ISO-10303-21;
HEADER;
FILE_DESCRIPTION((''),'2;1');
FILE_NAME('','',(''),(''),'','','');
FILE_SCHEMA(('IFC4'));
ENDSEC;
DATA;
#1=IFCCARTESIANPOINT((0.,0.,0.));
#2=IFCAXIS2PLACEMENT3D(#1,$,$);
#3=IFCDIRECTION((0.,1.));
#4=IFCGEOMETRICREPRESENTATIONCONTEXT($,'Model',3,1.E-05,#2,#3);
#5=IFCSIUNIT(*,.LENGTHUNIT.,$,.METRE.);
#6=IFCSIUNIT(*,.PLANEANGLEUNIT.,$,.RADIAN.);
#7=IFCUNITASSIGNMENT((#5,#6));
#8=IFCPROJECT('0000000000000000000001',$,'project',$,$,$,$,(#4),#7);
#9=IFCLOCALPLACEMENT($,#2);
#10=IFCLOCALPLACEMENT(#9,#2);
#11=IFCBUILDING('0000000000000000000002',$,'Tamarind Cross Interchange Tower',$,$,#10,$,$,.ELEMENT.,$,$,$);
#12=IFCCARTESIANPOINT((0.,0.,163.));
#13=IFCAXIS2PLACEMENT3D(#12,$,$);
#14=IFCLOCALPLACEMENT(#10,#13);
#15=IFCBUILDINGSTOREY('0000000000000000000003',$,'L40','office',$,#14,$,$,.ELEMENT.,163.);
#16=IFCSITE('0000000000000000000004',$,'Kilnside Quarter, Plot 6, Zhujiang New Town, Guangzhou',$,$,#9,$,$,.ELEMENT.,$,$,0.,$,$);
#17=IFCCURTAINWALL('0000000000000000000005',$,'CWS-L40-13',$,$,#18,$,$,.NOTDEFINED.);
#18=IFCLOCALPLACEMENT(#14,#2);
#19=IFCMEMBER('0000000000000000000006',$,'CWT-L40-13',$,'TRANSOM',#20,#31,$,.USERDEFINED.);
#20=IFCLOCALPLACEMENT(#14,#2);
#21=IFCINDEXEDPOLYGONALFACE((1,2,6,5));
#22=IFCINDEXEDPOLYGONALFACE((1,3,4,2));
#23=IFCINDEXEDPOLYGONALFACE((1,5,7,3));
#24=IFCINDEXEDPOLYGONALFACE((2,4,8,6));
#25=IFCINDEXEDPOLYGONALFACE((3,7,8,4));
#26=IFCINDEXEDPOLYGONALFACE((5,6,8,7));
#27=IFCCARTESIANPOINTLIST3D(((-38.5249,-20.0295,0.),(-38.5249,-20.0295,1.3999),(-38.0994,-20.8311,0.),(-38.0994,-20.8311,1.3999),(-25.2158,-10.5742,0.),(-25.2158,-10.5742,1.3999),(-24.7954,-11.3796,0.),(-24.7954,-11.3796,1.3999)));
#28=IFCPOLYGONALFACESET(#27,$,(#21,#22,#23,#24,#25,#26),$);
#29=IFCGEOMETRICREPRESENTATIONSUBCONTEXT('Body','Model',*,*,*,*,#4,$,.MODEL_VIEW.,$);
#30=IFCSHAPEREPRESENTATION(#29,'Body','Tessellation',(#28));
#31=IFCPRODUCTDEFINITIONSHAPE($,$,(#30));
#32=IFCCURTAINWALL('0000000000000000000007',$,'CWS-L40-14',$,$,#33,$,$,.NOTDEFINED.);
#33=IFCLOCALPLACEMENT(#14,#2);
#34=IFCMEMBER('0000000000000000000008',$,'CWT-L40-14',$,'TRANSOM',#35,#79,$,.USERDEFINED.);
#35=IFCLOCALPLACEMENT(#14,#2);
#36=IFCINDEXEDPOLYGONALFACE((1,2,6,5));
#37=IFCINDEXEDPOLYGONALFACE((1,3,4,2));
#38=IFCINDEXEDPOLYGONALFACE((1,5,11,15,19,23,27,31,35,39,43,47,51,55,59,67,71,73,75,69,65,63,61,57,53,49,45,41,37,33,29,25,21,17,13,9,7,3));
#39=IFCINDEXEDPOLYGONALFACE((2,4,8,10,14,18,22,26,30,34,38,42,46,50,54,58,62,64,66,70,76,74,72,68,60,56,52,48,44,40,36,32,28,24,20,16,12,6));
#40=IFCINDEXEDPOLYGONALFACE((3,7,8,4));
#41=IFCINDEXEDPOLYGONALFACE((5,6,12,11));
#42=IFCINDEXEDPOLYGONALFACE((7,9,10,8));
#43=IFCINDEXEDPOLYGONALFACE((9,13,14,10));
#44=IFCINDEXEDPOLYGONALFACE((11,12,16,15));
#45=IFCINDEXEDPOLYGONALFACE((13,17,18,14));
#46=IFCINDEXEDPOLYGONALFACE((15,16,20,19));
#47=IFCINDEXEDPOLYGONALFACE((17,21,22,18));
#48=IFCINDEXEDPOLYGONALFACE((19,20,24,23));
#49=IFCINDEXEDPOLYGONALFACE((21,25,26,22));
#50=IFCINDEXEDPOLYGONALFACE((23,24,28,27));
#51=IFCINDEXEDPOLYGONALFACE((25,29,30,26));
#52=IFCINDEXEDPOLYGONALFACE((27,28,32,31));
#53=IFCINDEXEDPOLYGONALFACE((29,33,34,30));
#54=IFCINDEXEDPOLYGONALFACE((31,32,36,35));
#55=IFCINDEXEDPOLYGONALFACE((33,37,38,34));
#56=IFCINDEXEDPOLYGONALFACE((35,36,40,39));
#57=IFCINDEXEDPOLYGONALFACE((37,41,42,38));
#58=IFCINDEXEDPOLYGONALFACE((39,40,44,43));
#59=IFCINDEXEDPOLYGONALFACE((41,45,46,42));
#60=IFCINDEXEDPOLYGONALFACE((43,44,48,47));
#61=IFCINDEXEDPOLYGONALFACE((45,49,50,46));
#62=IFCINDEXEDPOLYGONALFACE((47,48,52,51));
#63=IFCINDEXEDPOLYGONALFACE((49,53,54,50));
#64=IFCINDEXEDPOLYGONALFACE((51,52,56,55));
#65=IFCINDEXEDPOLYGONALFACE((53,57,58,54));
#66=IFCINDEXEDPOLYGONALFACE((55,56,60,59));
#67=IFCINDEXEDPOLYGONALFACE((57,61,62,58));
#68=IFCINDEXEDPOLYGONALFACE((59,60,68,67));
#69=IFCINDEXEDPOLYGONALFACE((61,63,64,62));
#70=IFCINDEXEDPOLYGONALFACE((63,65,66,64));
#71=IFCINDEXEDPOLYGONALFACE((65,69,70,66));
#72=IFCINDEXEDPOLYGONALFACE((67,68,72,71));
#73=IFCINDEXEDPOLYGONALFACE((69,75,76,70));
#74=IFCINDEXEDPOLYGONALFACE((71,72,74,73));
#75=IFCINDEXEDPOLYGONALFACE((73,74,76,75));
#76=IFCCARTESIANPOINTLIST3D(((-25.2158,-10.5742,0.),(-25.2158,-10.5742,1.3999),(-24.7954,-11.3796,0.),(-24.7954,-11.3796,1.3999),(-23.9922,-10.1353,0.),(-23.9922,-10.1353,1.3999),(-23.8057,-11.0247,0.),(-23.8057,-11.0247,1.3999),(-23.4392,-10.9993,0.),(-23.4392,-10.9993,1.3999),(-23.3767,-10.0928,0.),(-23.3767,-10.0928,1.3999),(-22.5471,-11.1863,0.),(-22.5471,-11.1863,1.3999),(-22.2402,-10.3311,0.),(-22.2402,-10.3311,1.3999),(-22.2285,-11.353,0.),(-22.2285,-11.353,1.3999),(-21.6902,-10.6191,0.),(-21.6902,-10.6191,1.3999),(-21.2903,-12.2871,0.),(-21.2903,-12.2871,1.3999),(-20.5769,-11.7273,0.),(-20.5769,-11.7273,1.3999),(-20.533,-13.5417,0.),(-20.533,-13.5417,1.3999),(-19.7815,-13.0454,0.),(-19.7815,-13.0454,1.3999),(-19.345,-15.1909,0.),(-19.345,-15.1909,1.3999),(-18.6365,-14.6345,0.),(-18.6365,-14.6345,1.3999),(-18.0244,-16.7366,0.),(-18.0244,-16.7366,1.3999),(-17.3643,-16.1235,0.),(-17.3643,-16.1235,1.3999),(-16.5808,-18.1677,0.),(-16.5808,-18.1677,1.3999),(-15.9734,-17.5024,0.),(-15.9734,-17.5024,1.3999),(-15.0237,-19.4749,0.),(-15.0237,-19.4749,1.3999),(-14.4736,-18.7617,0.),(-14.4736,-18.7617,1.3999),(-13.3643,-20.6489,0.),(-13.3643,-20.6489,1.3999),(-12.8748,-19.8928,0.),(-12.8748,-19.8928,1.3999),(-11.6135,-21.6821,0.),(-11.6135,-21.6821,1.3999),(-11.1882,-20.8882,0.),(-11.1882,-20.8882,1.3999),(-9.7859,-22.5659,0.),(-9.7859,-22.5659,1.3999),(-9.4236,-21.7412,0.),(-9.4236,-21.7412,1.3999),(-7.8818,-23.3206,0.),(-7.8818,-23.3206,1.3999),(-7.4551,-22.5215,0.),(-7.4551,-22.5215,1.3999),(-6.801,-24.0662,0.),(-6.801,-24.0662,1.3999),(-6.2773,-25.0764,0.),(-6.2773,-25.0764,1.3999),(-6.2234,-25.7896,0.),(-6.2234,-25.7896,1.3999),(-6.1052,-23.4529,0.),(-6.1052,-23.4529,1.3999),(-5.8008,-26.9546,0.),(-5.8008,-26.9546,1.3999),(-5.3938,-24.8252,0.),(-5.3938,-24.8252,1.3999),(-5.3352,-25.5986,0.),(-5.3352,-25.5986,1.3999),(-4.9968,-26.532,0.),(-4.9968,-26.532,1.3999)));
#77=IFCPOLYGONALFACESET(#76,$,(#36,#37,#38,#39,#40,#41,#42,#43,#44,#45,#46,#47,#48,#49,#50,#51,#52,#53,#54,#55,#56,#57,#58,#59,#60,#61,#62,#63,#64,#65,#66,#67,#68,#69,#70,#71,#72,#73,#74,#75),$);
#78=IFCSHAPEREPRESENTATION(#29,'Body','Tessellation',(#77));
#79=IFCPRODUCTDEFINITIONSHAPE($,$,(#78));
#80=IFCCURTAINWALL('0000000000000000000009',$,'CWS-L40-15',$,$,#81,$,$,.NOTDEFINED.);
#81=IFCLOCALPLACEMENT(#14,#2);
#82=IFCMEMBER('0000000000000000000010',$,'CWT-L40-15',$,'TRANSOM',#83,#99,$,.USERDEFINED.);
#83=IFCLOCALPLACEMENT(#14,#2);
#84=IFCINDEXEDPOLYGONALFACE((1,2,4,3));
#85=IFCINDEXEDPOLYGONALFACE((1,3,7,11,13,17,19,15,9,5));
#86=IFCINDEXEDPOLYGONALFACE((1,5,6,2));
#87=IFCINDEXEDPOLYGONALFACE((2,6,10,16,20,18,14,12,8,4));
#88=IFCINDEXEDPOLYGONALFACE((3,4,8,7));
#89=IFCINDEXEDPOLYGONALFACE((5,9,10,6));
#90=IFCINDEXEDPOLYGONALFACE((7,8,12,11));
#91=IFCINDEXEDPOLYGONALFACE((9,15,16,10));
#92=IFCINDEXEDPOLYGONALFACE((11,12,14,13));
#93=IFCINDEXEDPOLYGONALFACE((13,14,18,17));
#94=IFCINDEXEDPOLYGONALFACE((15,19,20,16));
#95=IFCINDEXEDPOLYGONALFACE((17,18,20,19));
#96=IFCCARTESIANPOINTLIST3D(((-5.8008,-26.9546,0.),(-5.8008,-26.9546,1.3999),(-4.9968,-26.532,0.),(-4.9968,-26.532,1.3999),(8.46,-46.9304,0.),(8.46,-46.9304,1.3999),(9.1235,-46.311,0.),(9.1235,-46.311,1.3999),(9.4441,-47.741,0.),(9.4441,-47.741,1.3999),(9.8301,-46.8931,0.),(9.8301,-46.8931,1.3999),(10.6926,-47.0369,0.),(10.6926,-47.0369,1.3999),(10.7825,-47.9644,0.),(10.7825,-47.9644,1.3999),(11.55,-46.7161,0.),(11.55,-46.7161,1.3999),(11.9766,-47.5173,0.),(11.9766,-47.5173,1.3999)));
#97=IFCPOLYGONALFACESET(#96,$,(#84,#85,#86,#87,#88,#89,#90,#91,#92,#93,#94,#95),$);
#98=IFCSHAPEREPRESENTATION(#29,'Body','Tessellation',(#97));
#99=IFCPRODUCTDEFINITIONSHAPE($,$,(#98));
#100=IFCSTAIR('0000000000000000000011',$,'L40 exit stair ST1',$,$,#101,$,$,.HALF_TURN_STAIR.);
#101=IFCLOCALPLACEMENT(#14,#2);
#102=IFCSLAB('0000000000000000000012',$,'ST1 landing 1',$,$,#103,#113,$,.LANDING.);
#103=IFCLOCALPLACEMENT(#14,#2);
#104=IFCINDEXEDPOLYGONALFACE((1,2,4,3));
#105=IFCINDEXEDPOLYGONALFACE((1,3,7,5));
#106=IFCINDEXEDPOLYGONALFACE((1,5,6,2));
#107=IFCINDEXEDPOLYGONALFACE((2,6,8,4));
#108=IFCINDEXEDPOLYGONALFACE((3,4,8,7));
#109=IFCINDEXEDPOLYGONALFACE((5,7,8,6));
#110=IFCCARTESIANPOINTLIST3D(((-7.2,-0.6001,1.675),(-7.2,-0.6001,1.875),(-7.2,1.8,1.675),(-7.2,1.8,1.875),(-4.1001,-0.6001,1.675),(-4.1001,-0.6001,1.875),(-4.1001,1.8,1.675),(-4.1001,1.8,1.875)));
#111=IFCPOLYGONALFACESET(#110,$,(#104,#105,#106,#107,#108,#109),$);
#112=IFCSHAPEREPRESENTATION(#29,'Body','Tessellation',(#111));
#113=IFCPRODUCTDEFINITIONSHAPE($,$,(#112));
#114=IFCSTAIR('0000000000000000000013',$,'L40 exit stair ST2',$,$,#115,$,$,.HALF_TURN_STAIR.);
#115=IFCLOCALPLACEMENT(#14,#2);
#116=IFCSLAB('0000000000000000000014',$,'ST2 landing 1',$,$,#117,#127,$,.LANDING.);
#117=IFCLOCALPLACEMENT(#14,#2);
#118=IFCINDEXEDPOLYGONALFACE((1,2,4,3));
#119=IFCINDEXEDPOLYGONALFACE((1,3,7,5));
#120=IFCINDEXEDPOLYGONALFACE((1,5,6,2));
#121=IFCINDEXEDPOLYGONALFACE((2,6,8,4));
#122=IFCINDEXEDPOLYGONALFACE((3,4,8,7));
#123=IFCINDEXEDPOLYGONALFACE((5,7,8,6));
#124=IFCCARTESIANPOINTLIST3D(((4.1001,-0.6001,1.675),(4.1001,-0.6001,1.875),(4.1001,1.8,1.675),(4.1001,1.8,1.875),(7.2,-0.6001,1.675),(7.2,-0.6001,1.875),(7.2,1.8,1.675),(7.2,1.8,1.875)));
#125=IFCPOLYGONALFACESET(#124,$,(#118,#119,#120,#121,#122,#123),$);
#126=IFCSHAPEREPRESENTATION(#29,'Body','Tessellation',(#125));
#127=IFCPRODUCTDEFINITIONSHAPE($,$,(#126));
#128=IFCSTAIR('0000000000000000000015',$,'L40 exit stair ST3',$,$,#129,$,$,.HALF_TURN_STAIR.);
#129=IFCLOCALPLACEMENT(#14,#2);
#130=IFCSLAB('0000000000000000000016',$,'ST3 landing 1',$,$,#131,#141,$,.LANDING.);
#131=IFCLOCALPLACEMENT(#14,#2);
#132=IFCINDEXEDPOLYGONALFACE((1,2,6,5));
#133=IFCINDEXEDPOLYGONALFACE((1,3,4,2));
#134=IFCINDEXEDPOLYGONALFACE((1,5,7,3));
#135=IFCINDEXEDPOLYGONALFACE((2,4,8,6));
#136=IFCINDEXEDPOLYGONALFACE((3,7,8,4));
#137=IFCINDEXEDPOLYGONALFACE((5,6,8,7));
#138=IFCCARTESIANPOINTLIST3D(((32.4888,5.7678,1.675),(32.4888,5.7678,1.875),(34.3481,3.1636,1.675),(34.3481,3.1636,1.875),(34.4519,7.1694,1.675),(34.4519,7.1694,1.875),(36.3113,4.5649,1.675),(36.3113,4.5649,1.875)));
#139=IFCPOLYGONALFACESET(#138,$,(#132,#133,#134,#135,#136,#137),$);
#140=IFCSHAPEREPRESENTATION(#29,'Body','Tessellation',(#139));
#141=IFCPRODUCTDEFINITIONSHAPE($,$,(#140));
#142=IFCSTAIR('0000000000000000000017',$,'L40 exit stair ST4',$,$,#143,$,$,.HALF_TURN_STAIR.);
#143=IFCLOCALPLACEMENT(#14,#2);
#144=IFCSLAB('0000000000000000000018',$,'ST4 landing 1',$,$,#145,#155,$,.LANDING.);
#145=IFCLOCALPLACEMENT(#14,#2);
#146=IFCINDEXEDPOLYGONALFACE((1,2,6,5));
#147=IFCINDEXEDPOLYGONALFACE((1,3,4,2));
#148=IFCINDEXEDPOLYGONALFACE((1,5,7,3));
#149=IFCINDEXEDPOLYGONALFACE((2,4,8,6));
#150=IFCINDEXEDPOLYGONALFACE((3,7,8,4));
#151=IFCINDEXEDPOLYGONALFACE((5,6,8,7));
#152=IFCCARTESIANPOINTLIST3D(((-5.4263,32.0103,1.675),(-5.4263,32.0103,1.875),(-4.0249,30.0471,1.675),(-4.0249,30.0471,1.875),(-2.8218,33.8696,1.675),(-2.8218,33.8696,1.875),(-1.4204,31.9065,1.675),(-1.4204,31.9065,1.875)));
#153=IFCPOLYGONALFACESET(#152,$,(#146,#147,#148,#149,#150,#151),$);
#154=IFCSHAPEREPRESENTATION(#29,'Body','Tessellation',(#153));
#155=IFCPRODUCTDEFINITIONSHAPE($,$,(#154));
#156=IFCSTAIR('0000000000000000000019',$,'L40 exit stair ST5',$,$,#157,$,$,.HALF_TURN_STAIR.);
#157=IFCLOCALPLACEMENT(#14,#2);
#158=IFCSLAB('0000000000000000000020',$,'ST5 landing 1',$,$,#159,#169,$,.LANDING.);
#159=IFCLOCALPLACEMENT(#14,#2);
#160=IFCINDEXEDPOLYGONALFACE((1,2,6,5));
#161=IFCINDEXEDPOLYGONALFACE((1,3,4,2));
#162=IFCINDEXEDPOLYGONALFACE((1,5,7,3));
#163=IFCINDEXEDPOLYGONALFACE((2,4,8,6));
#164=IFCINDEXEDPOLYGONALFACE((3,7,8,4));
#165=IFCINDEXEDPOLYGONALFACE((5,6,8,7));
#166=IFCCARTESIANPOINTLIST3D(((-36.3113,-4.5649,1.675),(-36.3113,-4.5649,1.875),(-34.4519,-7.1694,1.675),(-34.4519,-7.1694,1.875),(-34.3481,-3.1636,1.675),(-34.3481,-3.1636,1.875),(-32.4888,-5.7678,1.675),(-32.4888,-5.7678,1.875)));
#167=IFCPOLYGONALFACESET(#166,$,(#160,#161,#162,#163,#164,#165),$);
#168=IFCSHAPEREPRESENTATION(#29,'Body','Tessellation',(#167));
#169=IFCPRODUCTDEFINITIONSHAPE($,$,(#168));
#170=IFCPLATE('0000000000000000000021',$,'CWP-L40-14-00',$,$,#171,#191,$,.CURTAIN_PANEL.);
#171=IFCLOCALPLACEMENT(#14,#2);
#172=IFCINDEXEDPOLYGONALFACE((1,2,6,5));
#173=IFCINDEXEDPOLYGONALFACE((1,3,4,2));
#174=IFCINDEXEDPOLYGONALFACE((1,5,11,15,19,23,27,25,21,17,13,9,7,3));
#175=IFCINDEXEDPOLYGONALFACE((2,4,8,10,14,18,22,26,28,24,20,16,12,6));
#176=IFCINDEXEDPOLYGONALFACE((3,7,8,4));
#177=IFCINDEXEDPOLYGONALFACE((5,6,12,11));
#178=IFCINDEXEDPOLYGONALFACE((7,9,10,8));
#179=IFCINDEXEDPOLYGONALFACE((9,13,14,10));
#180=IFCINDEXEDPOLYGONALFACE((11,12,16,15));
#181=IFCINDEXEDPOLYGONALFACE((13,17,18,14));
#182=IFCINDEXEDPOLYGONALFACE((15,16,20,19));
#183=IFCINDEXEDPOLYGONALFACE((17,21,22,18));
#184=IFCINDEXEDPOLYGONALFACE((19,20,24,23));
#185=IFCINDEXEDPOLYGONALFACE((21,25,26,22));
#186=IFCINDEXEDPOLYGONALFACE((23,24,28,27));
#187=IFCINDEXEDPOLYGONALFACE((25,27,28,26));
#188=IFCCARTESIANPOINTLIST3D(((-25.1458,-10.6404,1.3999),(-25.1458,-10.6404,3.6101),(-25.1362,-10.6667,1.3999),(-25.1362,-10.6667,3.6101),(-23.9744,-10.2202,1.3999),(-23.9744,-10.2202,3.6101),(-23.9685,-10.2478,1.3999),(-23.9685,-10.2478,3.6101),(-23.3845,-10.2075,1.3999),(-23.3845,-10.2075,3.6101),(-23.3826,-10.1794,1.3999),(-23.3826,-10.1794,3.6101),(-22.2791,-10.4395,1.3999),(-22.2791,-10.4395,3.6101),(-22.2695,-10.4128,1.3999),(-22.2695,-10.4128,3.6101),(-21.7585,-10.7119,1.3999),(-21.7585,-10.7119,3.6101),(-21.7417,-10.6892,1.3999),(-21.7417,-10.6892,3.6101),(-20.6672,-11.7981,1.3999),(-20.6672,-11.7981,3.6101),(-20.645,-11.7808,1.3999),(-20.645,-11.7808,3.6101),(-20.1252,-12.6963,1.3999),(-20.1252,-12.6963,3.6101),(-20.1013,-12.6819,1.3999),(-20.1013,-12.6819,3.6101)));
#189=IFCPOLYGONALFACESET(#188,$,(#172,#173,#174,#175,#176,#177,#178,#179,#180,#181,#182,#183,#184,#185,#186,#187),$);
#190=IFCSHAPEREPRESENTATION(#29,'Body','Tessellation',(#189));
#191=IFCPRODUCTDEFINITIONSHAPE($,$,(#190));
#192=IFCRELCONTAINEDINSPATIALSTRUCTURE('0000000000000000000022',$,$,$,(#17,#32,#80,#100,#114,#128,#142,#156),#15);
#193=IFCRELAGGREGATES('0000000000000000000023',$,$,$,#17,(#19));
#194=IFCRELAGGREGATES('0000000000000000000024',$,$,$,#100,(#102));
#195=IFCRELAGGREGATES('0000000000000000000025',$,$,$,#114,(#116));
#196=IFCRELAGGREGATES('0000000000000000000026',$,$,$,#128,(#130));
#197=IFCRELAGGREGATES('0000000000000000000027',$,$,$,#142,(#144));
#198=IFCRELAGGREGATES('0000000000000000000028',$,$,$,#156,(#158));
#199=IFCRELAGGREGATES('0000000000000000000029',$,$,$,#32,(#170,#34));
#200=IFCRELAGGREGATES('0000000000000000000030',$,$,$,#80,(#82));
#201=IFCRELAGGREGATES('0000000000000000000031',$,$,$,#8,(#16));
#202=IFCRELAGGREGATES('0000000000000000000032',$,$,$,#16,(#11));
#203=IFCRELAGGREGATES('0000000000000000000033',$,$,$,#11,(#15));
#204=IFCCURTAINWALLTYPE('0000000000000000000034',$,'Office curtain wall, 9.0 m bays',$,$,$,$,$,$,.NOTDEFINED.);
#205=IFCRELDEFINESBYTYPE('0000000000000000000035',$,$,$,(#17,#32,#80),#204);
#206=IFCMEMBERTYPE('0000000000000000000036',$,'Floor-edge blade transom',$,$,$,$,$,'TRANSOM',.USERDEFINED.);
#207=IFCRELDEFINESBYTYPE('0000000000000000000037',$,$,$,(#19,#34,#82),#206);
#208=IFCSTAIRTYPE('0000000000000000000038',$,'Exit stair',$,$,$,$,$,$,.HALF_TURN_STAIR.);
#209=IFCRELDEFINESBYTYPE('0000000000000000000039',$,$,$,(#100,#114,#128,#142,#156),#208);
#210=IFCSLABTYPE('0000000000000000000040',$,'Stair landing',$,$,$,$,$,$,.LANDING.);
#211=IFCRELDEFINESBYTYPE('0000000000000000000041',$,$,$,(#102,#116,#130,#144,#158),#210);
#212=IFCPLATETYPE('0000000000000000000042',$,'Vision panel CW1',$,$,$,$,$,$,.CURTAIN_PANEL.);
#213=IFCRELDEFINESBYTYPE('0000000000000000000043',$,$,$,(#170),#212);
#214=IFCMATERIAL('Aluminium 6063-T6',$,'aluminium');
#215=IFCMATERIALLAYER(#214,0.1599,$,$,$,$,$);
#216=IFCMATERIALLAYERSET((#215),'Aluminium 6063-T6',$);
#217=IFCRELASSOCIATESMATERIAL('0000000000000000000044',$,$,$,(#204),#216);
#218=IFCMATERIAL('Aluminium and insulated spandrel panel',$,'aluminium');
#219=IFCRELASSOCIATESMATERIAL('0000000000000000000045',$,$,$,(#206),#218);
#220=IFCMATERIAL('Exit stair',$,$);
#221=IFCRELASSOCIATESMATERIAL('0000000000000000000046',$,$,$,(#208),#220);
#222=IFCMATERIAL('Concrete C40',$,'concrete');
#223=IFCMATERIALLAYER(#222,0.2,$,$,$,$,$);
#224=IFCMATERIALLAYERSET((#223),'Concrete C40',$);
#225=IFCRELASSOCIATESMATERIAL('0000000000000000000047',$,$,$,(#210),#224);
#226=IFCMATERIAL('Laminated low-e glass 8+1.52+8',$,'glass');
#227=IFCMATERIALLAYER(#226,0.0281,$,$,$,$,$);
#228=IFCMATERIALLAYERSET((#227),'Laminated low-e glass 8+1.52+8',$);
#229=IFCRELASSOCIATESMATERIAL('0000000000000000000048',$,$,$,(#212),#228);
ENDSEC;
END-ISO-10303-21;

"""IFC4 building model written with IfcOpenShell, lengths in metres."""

from ifc_helpers import new_model, si_unit, direction, frame, origin, place, context, subcontext, project, spatial, polyline, outline, extrude, material, layer, layer_set, type_object, element, aggregate, save


model = new_model("IFC4")

# Units and contexts
model_context = context("Model", 3, precision=1e-05, world=origin(), true_north=direction((0.0, 1.0)))
body_context = subcontext(model_context, "Body", "Model", "MODEL_VIEW")
ifc_project = project(units=[si_unit("LENGTHUNIT", "METRE"), si_unit("PLANEANGLEUNIT", "RADIAN")], contexts=[model_context])

# Site, building, storey
site_placement = place(None, origin())
site = spatial("IfcSite", under=ifc_project, at=site_placement, Name="Kilnside Quarter, Plot 6, Zhujiang New Town, Guangzhou", CompositionType="ELEMENT", RefElevation=0.0)
building_placement = place(site_placement, origin())
building = spatial("IfcBuilding", under=site, at=building_placement, Name="Tamarind Cross Interchange Tower", CompositionType="ELEMENT")
storey_placement = place(building_placement, frame((0.0, 0.0, 163.0)))
storey = spatial("IfcBuildingStorey", under=building, at=storey_placement, Name="L40", Description="office", CompositionType="ELEMENT", Elevation=163.0)

# Curtain walls, members
ifc_material_1 = material(Name="Aluminium 6063-T6", Category="aluminium")
ifc_layer_1 = layer(ifc_material_1, 0.1599)
ifc_layer_set_1 = layer_set([ifc_layer_1], Name="Aluminium 6063-T6")
curtain_wall_type = type_object("IfcCurtainWallType", Name="Office curtain wall, 9.0 m bays", PredefinedType="NOTDEFINED", material=ifc_layer_set_1)
curtain_wall_1_placement = place(storey_placement, origin())
curtain_wall_1 = element("IfcCurtainWall", 1, at=curtain_wall_1_placement, inside=storey, type_object=curtain_wall_type, Name="CWS-L40-13", PredefinedType="NOTDEFINED")
ifc_material_2 = material(Name="Aluminium and insulated spandrel panel", Category="aluminium")
member_type = type_object("IfcMemberType", Name="Floor-edge blade transom", ElementType="TRANSOM", PredefinedType="USERDEFINED", material=ifc_material_2)
member_1_placement = place(storey_placement, origin())
member_1 = element("IfcMember", 2, at=member_1_placement, type_object=member_type, Name="CWT-L40-13", ObjectType="TRANSOM", PredefinedType="USERDEFINED", context=body_context, shape_type="SweptSolid", body=[
    extrude(outline(polyline([(-38.5249, -20.0295), (-25.2158, -10.5742), (-24.7954, -11.3796), (-38.0994, -20.8311), (-38.5249, -20.0295)])), origin(), (0.0, 0.0, 1.0), 1.3999),
])
aggregate(curtain_wall_1, [member_1])
curtain_wall_2_placement = place(storey_placement, origin())
curtain_wall_2 = element("IfcCurtainWall", 3, at=curtain_wall_2_placement, inside=storey, type_object=curtain_wall_type, Name="CWS-L40-14", PredefinedType="NOTDEFINED")
member_2_placement = place(storey_placement, origin())
member_2 = element("IfcMember", 4, at=member_2_placement, type_object=member_type, Name="CWT-L40-14", ObjectType="TRANSOM", PredefinedType="USERDEFINED", context=body_context, shape_type="SweptSolid", body=[
    extrude(outline(polyline([(-25.2158, -10.5742), (-23.9922, -10.1353), (-23.3767, -10.0928), (-22.2402, -10.3311), (-21.6902, -10.6191), (-20.5769, -11.7273), (-19.7815, -13.0454), (-18.6365, -14.6345), (-17.3643, -16.1235), (-15.9734, -17.5024), (-14.4736, -18.7617), (-12.8748, -19.8928), (-11.1882, -20.8882), (-9.4236, -21.7412), (-7.4551, -22.5215), (-6.1052, -23.4529), (-5.3938, -24.8252), (-5.3352, -25.5986), (-4.9968, -26.532), (-5.8008, -26.9546), (-6.2234, -25.7896), (-6.2773, -25.0764), (-6.801, -24.0662), (-7.8818, -23.3206), (-9.7859, -22.5659), (-11.6135, -21.6821), (-13.3643, -20.6489), (-15.0237, -19.4749), (-16.5808, -18.1677), (-18.0244, -16.7366), (-19.345, -15.1909), (-20.533, -13.5417), (-21.2903, -12.2871), (-22.2285, -11.353), (-22.5471, -11.1863), (-23.4392, -10.9993), (-23.8057, -11.0247), (-24.7954, -11.3796), (-25.2158, -10.5742)])), origin(), (0.0, 0.0, 1.0), 1.3999),
])
curtain_wall_3_placement = place(storey_placement, origin())
curtain_wall_3 = element("IfcCurtainWall", 5, at=curtain_wall_3_placement, inside=storey, type_object=curtain_wall_type, Name="CWS-L40-15", PredefinedType="NOTDEFINED")
member_3_placement = place(storey_placement, origin())
member_3 = element("IfcMember", 6, at=member_3_placement, type_object=member_type, Name="CWT-L40-15", ObjectType="TRANSOM", PredefinedType="USERDEFINED", context=body_context, shape_type="SweptSolid", body=[
    extrude(outline(polyline([(-4.9968, -26.532), (9.1235, -46.311), (9.8301, -46.8931), (10.6926, -47.0369), (11.55, -46.7161), (11.9766, -47.5173), (10.7825, -47.9644), (9.4441, -47.741), (8.46, -46.9304), (-5.8008, -26.9546), (-4.9968, -26.532)])), origin(), (0.0, 0.0, 1.0), 1.3999),
])

# Stairs, slabs
ifc_material_3 = material(Name="Exit stair")
stair_type = type_object("IfcStairType", Name="Exit stair", PredefinedType="HALF_TURN_STAIR", material=ifc_material_3)
stair_1_placement = place(storey_placement, origin())
stair_1 = element("IfcStair", 7, at=stair_1_placement, inside=storey, type_object=stair_type, Name="L40 exit stair ST1", PredefinedType="HALF_TURN_STAIR")
ifc_material_4 = material(Name="Concrete C40", Category="concrete")
ifc_layer_2 = layer(ifc_material_4, 0.2)
ifc_layer_set_2 = layer_set([ifc_layer_2], Name="Concrete C40")
slab_type = type_object("IfcSlabType", Name="Stair landing", PredefinedType="LANDING", material=ifc_layer_set_2)
slab_1_placement = place(storey_placement, frame((0.0, 0.0, 1.675)))
slab_1 = element("IfcSlab", 8, at=slab_1_placement, type_object=slab_type, Name="ST1 landing 1", PredefinedType="LANDING", context=body_context, shape_type="SweptSolid", body=[
    extrude(outline(polyline([(-4.1001, -0.6001), (-4.1001, 1.8), (-7.2, 1.8), (-7.2, -0.6001), (-4.1001, -0.6001)])), origin(), (0.0, 0.0, 1.0), 0.2),
])
aggregate(stair_1, [slab_1])
stair_2_placement = place(storey_placement, origin())
stair_2 = element("IfcStair", 9, at=stair_2_placement, inside=storey, type_object=stair_type, Name="L40 exit stair ST2", PredefinedType="HALF_TURN_STAIR")
slab_2_placement = place(storey_placement, frame((0.0, 0.0, 1.675)))
slab_2 = element("IfcSlab", 10, at=slab_2_placement, type_object=slab_type, Name="ST2 landing 1", PredefinedType="LANDING", context=body_context, shape_type="SweptSolid", body=[
    extrude(outline(polyline([(7.2, -0.6001), (7.2, 1.8), (4.1001, 1.8), (4.1001, -0.6001), (7.2, -0.6001)])), origin(), (0.0, 0.0, 1.0), 0.2),
])
aggregate(stair_2, [slab_2])
stair_3_placement = place(storey_placement, origin())
stair_3 = element("IfcStair", 11, at=stair_3_placement, inside=storey, type_object=stair_type, Name="L40 exit stair ST3", PredefinedType="HALF_TURN_STAIR")
slab_3_placement = place(storey_placement, frame((0.0, 0.0, 1.675)))
slab_3 = element("IfcSlab", 12, at=slab_3_placement, type_object=slab_type, Name="ST3 landing 1", PredefinedType="LANDING", context=body_context, shape_type="SweptSolid", body=[
    extrude(outline(polyline([(34.3481, 3.1636), (36.3113, 4.5649), (34.4519, 7.1694), (32.4888, 5.7678), (34.3481, 3.1636)])), origin(), (0.0, 0.0, 1.0), 0.2),
])
aggregate(stair_3, [slab_3])
stair_4_placement = place(storey_placement, origin())
stair_4 = element("IfcStair", 13, at=stair_4_placement, inside=storey, type_object=stair_type, Name="L40 exit stair ST4", PredefinedType="HALF_TURN_STAIR")
slab_4_placement = place(storey_placement, frame((0.0, 0.0, 1.675)))
slab_4 = element("IfcSlab", 14, at=slab_4_placement, type_object=slab_type, Name="ST4 landing 1", PredefinedType="LANDING", context=body_context, shape_type="SweptSolid", body=[
    extrude(outline(polyline([(-1.4204, 31.9065), (-2.8218, 33.8696), (-5.4263, 32.0103), (-4.0249, 30.0471), (-1.4204, 31.9065)])), origin(), (0.0, 0.0, 1.0), 0.2),
])
aggregate(stair_4, [slab_4])
stair_5_placement = place(storey_placement, origin())
stair_5 = element("IfcStair", 15, at=stair_5_placement, inside=storey, type_object=stair_type, Name="L40 exit stair ST5", PredefinedType="HALF_TURN_STAIR")
slab_5_placement = place(storey_placement, frame((0.0, 0.0, 1.675)))
slab_5 = element("IfcSlab", 16, at=slab_5_placement, type_object=slab_type, Name="ST5 landing 1", PredefinedType="LANDING", context=body_context, shape_type="SweptSolid", body=[
    extrude(outline(polyline([(-34.3481, -3.1636), (-36.3113, -4.5649), (-34.4519, -7.1694), (-32.4888, -5.7678), (-34.3481, -3.1636)])), origin(), (0.0, 0.0, 1.0), 0.2),
])
aggregate(stair_5, [slab_5])

# Plate
ifc_material_5 = material(Name="Laminated low-e glass 8+1.52+8", Category="glass")
ifc_layer_3 = layer(ifc_material_5, 0.0281)
ifc_layer_set_3 = layer_set([ifc_layer_3], Name="Laminated low-e glass 8+1.52+8")
plate_type = type_object("IfcPlateType", Name="Vision panel CW1", PredefinedType="CURTAIN_PANEL", material=ifc_layer_set_3)
plate_1_placement = place(storey_placement, frame((0.0, 0.0, 1.3999)))
plate_1 = element("IfcPlate", 17, at=plate_1_placement, type_object=plate_type, Name="CWP-L40-14-00", PredefinedType="CURTAIN_PANEL", context=body_context, shape_type="SweptSolid", body=[
    extrude(outline(polyline([(-25.1458, -10.6404), (-23.9744, -10.2202), (-23.3826, -10.1794), (-22.2695, -10.4128), (-21.7417, -10.6892), (-20.645, -11.7808), (-20.1013, -12.6819), (-20.1252, -12.6963), (-20.6672, -11.7981), (-21.7585, -10.7119), (-22.2791, -10.4395), (-23.3845, -10.2075), (-23.9685, -10.2478), (-25.1362, -10.6667), (-25.1458, -10.6404)])), origin(), (0.0, 0.0, 1.0), 2.2102),
])
aggregate(curtain_wall_2, [plate_1, member_2])
aggregate(curtain_wall_3, [member_3])

save(model, "model.ifc")
